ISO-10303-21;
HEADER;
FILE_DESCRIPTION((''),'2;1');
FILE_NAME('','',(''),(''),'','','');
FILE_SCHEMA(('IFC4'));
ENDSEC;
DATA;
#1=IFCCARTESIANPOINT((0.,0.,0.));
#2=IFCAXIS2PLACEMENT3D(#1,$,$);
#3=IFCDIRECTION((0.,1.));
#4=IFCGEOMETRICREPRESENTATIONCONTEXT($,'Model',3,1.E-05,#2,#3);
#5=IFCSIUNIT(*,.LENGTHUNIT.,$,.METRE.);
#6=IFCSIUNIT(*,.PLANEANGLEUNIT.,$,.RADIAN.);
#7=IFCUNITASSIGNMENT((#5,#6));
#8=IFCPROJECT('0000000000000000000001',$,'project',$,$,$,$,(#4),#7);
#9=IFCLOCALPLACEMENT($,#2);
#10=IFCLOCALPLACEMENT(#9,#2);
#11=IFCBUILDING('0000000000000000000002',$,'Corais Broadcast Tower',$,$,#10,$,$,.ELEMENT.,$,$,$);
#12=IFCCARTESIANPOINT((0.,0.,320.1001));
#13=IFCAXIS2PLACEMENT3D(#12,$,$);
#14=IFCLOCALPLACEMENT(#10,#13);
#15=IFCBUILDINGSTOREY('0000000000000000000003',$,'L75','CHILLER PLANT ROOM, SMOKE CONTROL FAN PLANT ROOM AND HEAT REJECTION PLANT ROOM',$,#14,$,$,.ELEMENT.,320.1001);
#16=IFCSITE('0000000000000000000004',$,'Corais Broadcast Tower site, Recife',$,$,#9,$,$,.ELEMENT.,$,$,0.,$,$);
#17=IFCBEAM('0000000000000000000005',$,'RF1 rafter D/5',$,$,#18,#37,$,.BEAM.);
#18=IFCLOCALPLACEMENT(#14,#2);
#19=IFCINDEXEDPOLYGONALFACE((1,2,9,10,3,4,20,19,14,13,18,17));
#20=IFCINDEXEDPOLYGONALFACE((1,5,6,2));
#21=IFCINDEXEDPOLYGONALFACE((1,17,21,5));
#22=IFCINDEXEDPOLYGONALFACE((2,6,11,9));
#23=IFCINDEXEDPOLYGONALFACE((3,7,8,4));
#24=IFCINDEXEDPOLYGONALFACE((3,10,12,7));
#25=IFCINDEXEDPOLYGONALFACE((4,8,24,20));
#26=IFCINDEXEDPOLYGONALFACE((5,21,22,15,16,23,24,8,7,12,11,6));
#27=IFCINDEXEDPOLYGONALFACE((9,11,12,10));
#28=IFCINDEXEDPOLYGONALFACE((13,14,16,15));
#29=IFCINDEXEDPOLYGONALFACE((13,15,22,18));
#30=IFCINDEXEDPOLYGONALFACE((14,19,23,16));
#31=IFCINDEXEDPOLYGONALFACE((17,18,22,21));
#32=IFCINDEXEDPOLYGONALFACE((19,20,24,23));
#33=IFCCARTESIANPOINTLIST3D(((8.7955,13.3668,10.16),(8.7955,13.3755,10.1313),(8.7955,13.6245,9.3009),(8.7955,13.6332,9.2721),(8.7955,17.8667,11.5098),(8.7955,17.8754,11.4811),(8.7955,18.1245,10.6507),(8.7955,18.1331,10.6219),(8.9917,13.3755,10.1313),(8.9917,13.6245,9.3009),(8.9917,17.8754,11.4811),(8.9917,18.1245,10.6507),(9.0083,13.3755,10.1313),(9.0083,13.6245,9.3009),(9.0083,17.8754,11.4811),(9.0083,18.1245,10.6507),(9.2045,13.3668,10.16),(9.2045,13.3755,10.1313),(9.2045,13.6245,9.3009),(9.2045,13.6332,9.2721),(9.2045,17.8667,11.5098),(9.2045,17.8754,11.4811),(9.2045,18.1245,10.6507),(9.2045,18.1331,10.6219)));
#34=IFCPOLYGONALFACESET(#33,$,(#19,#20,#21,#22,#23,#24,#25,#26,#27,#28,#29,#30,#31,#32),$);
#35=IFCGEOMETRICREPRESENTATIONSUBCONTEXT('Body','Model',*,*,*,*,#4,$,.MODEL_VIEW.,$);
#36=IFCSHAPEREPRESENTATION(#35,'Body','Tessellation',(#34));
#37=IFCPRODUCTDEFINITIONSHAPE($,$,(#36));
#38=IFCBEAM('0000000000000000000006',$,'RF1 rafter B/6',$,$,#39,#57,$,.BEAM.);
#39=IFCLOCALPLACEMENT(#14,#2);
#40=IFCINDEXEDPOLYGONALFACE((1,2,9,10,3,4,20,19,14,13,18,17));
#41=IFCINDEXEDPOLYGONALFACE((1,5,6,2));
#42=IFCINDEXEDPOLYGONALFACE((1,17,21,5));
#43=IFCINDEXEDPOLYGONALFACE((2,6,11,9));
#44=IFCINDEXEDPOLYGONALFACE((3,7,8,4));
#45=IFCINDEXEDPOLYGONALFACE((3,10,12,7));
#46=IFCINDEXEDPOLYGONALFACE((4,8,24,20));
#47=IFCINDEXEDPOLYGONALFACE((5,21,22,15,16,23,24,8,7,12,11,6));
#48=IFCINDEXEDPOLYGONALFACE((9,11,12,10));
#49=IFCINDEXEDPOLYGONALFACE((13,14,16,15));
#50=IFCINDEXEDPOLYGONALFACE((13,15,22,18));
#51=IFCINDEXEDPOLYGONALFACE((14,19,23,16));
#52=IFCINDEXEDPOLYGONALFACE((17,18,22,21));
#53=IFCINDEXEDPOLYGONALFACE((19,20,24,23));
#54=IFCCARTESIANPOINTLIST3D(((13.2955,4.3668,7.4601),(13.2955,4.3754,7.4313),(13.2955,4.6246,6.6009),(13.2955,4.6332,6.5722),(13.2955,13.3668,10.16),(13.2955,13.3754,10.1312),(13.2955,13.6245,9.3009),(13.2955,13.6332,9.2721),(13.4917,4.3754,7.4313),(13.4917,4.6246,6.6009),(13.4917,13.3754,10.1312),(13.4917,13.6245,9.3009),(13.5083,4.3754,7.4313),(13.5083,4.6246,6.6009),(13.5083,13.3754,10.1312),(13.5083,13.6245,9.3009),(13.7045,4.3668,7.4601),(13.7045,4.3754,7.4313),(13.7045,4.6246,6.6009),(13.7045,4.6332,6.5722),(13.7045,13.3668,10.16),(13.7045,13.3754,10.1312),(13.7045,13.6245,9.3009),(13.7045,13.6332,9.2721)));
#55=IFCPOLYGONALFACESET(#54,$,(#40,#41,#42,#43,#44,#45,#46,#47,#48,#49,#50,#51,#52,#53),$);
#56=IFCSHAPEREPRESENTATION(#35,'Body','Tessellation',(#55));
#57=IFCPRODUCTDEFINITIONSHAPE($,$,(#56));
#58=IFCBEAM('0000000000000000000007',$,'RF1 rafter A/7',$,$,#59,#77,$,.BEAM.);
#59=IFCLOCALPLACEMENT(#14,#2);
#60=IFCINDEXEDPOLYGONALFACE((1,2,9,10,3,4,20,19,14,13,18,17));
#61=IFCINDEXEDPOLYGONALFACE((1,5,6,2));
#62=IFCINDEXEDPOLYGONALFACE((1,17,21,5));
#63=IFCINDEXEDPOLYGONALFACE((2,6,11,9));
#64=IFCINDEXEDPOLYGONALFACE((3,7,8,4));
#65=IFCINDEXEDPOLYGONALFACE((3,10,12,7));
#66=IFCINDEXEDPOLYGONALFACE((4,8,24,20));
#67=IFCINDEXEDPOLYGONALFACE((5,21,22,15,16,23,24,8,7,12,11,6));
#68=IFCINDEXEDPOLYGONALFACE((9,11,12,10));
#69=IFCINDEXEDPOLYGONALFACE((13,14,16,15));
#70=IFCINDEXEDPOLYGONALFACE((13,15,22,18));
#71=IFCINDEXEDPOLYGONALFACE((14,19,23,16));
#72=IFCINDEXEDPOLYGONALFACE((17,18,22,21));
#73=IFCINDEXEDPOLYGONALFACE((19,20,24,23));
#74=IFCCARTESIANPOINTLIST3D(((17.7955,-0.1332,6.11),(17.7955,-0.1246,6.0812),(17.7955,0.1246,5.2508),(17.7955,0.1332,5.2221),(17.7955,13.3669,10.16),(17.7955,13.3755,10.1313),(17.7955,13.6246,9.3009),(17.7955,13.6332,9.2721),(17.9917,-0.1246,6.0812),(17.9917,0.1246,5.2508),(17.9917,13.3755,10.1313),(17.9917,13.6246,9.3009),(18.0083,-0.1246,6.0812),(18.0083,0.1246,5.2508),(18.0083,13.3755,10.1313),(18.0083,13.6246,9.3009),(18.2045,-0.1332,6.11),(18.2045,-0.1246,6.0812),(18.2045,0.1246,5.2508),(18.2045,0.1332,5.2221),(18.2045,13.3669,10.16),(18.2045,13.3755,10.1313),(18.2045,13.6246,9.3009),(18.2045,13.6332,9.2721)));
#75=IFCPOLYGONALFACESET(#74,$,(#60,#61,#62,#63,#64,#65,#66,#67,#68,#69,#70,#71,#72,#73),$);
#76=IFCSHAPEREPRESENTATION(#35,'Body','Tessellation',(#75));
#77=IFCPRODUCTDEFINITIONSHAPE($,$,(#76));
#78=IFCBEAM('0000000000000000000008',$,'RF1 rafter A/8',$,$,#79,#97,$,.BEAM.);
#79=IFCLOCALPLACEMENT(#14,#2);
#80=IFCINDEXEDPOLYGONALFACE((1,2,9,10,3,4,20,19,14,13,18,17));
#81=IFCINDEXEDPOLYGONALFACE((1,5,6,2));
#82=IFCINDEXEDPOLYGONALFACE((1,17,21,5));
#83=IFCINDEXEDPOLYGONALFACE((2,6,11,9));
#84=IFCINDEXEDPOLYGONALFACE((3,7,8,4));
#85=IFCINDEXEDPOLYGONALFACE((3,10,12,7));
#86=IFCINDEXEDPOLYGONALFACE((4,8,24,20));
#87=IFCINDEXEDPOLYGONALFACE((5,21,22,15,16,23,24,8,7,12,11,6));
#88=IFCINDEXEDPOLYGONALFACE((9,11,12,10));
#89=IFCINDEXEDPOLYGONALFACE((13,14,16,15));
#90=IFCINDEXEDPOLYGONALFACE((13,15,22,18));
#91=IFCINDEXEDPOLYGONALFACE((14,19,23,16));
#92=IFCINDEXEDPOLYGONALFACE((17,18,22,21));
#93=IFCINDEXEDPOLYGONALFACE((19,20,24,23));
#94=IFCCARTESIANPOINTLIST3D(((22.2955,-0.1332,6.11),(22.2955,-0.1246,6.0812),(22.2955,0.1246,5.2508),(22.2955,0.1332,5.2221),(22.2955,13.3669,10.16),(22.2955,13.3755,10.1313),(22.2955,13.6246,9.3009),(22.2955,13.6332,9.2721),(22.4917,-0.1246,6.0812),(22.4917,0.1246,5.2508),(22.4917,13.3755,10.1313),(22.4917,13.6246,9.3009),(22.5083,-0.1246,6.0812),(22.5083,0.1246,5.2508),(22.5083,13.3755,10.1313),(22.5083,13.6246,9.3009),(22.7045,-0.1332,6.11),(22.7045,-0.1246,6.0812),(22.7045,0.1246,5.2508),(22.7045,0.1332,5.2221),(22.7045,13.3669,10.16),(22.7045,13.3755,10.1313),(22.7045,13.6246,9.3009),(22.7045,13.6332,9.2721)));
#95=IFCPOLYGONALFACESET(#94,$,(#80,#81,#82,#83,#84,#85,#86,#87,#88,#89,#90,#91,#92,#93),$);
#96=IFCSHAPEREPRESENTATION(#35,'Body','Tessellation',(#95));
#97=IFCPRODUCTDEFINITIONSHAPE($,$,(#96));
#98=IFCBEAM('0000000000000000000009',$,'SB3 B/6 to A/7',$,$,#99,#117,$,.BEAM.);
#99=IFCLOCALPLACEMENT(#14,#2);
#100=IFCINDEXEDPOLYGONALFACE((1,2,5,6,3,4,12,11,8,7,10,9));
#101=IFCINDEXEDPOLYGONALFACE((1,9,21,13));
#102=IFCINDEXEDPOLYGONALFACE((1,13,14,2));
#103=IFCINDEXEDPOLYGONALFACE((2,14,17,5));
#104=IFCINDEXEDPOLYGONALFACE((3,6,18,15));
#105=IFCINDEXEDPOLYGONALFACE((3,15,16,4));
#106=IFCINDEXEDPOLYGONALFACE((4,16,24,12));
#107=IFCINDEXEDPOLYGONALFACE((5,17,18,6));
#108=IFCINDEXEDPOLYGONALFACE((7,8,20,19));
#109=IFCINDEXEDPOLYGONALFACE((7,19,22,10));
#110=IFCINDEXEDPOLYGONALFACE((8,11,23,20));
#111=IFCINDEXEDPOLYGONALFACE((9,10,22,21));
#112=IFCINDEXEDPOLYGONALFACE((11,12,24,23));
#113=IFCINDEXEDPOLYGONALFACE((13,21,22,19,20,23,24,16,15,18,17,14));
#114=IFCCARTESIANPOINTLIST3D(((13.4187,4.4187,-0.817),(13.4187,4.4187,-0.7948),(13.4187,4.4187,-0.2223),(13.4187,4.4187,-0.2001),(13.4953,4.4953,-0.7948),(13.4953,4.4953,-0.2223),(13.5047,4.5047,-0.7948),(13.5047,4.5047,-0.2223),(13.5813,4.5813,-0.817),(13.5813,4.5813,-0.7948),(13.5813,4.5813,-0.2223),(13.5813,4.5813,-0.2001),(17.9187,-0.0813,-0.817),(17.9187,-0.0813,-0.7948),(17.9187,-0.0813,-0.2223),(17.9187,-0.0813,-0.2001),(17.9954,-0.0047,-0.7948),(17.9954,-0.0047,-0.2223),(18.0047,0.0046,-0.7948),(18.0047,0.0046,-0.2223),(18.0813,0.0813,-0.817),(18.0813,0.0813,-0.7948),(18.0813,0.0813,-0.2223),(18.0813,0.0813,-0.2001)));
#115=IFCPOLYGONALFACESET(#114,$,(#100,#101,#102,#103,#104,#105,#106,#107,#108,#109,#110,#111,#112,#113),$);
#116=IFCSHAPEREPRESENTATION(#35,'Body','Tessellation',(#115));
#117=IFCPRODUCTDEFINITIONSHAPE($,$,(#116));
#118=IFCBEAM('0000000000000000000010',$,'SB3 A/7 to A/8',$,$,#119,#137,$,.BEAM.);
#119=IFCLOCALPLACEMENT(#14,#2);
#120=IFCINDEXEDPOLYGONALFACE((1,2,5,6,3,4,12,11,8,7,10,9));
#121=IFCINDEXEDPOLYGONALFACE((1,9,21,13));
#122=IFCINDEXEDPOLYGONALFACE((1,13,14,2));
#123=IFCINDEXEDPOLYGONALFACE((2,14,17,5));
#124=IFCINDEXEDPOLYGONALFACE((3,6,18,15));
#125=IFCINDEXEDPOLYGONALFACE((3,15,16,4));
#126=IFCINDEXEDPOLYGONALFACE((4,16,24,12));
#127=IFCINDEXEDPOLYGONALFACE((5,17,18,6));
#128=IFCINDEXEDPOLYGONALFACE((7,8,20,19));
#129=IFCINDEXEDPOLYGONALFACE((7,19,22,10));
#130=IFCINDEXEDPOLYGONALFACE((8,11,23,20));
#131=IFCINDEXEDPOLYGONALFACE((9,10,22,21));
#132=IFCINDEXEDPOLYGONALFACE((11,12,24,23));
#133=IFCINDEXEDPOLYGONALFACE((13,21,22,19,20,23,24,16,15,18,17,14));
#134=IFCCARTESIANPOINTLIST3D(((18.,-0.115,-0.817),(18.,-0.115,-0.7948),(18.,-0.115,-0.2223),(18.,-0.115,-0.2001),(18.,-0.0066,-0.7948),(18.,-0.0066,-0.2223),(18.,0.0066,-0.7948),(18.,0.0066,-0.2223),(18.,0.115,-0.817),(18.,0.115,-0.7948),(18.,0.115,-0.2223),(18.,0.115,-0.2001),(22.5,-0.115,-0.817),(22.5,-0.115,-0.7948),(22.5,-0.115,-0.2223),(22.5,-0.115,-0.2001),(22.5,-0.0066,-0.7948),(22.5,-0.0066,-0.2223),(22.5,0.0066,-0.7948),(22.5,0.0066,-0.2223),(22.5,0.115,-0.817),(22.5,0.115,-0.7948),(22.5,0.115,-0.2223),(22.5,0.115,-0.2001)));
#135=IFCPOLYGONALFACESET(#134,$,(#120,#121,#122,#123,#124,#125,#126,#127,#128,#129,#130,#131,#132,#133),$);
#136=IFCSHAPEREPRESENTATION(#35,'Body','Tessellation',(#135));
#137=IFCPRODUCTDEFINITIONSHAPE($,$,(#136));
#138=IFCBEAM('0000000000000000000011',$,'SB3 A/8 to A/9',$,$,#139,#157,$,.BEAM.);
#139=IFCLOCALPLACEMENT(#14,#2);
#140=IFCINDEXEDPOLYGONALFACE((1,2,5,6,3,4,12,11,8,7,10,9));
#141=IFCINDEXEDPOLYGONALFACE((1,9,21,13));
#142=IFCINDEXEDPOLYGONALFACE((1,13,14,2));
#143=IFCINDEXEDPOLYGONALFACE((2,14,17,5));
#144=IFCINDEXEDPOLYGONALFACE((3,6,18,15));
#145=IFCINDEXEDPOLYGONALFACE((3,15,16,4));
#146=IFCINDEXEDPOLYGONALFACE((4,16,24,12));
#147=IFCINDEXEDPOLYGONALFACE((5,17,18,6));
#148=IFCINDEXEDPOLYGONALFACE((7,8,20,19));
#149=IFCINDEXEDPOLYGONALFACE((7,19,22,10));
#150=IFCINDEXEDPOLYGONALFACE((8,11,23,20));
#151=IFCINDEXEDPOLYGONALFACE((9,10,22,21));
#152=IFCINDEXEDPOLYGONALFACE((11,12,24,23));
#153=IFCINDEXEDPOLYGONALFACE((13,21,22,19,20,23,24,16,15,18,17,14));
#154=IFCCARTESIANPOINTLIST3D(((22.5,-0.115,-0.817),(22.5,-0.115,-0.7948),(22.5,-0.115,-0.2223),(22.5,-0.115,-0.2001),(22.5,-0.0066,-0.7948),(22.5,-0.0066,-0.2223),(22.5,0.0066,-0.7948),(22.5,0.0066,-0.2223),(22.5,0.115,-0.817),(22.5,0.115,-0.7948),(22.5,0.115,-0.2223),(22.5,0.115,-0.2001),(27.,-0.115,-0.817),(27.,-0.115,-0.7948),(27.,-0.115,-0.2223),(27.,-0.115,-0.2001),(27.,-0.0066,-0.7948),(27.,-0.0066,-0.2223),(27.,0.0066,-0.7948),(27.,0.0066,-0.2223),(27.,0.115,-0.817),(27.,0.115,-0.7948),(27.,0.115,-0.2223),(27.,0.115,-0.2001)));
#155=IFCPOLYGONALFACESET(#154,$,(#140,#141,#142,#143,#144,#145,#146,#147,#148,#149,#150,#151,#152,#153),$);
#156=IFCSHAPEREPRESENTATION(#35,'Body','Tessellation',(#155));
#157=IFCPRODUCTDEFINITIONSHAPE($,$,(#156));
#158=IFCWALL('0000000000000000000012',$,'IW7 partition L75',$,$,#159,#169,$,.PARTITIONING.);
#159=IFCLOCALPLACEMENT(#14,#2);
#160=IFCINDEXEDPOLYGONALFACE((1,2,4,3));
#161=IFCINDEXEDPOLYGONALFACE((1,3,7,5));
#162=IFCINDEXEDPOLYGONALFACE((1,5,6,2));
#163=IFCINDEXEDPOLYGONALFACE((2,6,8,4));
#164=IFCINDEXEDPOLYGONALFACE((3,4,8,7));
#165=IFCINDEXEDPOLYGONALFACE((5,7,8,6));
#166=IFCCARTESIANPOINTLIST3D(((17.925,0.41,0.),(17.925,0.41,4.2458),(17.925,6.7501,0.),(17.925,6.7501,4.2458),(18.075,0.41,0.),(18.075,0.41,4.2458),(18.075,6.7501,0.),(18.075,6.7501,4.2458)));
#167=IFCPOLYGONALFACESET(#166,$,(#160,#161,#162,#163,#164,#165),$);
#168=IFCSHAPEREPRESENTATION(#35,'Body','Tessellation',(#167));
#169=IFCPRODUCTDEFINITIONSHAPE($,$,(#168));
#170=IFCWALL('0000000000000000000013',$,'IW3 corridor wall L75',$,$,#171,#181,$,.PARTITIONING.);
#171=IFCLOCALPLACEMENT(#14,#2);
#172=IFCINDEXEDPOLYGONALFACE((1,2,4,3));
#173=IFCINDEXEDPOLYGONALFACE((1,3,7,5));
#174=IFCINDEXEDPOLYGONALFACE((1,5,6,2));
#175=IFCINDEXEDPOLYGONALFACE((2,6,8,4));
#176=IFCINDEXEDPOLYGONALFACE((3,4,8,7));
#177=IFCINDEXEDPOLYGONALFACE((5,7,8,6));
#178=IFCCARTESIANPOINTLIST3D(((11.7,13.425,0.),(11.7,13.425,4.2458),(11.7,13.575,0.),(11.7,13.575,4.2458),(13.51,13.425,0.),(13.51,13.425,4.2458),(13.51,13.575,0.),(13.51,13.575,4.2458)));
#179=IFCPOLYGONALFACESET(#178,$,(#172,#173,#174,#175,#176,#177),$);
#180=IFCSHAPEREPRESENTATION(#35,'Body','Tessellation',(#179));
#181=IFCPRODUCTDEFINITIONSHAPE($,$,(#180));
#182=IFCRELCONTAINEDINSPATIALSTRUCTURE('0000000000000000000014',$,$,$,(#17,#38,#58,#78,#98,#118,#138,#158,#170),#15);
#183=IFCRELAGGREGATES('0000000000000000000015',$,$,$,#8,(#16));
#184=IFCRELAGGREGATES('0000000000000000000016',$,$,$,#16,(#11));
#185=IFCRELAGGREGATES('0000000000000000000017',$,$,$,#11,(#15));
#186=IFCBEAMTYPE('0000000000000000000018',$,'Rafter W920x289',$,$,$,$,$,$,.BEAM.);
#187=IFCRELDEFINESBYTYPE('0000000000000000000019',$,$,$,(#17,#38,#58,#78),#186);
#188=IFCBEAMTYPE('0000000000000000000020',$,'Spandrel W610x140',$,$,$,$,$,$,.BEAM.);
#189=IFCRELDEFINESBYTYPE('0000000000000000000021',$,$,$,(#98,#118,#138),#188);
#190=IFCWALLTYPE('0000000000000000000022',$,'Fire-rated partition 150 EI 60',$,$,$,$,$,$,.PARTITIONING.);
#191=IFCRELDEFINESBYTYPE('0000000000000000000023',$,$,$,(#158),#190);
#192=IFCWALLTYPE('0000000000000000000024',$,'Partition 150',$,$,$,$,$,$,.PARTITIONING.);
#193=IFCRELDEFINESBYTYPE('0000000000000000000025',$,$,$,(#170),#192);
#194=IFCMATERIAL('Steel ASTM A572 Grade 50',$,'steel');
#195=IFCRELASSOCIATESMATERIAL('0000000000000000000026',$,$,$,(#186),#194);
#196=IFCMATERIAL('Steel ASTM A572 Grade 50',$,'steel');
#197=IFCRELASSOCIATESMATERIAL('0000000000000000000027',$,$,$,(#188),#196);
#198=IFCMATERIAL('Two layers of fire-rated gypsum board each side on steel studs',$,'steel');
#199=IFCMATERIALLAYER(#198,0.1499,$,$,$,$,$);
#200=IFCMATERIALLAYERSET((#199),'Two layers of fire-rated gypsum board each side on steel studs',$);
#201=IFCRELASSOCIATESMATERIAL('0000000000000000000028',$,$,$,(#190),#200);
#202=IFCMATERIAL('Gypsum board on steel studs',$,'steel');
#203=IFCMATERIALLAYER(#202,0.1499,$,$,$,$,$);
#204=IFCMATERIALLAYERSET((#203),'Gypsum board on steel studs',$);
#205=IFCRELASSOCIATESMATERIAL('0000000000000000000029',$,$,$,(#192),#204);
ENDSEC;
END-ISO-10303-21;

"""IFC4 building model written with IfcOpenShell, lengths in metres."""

from ifc_helpers import new_model, si_unit, direction, frame, frame_2d, origin, origin_2d, place, context, subcontext, project, spatial, rectangle, i_section, extrude, material, layer, layer_set, material_profile, profile_set, type_object, element, save


model = new_model("IFC4")

# Units and contexts
model_context = context("Model", 3, precision=1e-05, world=origin(), true_north=direction((0.0, 1.0)))
body_context = subcontext(model_context, "Body", "Model", "MODEL_VIEW")
ifc_project = project(units=[si_unit("LENGTHUNIT", "METRE"), si_unit("PLANEANGLEUNIT", "RADIAN")], contexts=[model_context])

# Site, building, storey
site_placement = place(None, origin())
site = spatial("IfcSite", under=ifc_project, at=site_placement, Name="Corais Broadcast Tower site, Recife", CompositionType="ELEMENT", RefElevation=0.0)
building_placement = place(site_placement, origin())
building = spatial("IfcBuilding", under=site, at=building_placement, Name="Corais Broadcast Tower", CompositionType="ELEMENT")
storey_placement = place(building_placement, frame((0.0, 0.0, 320.1001)))
storey = spatial("IfcBuildingStorey", under=building, at=storey_placement, Name="L75", Description="CHILLER PLANT ROOM, SMOKE CONTROL FAN PLANT ROOM AND HEAT REJECTION PLANT ROOM", CompositionType="ELEMENT", Elevation=320.1001)

# Beams
ifc_material_1 = material(Name="Steel ASTM A572 Grade 50", Category="steel")
ifc_material_profile_1 = material_profile(ifc_material_1, i_section(OverallWidth=0.4089, OverallDepth=0.927, WebThickness=0.0166, FlangeThickness=0.03, at=origin_2d()), Name="W920x289")
ifc_profile_set_1 = profile_set([ifc_material_profile_1], Name="Steel ASTM A572 Grade 50")
beam_type_1 = type_object("IfcBeamType", Name="Rafter W920x289", PredefinedType="BEAM", material=ifc_profile_set_1)
beam_1_placement = place(storey_placement, frame((9.0, 13.5, 9.7161), z_axis=(0.0, 0.957835, 0.287319), x_axis=(-1.0, 0.0, 0.0)))
element("IfcBeam", 1, at=beam_1_placement, inside=storey, type_object=beam_type_1, Name="RF1 rafter D/5", PredefinedType="BEAM", context=body_context, shape_type="SweptSolid", body=[
    extrude(i_section(OverallWidth=0.4089, OverallDepth=0.927, WebThickness=0.0166, FlangeThickness=0.03, at=origin_2d()), origin(), (0.0, 0.0, 1.0), 4.698),
])
beam_2_placement = place(storey_placement, frame((13.5, 4.5, 7.0161), z_axis=(0.0, 0.957828, 0.287343), x_axis=(-1.0, 0.0, 0.0)))
element("IfcBeam", 2, at=beam_2_placement, inside=storey, type_object=beam_type_1, Name="RF1 rafter B/6", PredefinedType="BEAM", context=body_context, shape_type="SweptSolid", body=[
    extrude(i_section(OverallWidth=0.4089, OverallDepth=0.927, WebThickness=0.0166, FlangeThickness=0.03, at=origin_2d()), origin(), (0.0, 0.0, 1.0), 9.3962),
])
for number, where, z_axis, x_axis, name in (
    (3, (18.0, 0.0, 5.666), (0.0, 0.957825, 0.287351), (-1.0, 0.0, 0.0), "RF1 rafter A/7"),
    (4, (22.5, 0.0, 5.666), (0.0, 0.957825, 0.287351), (-1.0, 0.0, 0.0), "RF1 rafter A/8"),
):
    element("IfcBeam", number, at=place(storey_placement, frame(where, z_axis=z_axis, x_axis=x_axis)), inside=storey, type_object=beam_type_1, Name=name, PredefinedType="BEAM", context=body_context, shape_type="SweptSolid", body=[
        extrude(i_section(OverallWidth=0.4089, OverallDepth=0.927, WebThickness=0.0166, FlangeThickness=0.03, at=origin_2d()), origin(), (0.0, 0.0, 1.0), 14.0945),
    ])
ifc_material_2 = material(Name="Steel ASTM A572 Grade 50", Category="steel")
ifc_material_profile_2 = material_profile(ifc_material_2, i_section(OverallWidth=0.23, OverallDepth=0.6169, WebThickness=0.0132, FlangeThickness=0.0222, at=origin_2d()), Name="W610x140")
ifc_profile_set_2 = profile_set([ifc_material_profile_2], Name="Steel ASTM A572 Grade 50")
beam_type_2 = type_object("IfcBeamType", Name="Spandrel W610x140", PredefinedType="BEAM", material=ifc_profile_set_2)
beam_3_placement = place(storey_placement, frame((13.5, 4.5, -0.5085), z_axis=(0.707107, -0.707107, 0.0), x_axis=(0.707107, 0.707107, 0.0)))
element("IfcBeam", 5, at=beam_3_placement, inside=storey, type_object=beam_type_2, Name="SB3 B/6 to A/7", PredefinedType="BEAM", context=body_context, shape_type="SweptSolid", body=[
    extrude(i_section(OverallWidth=0.23, OverallDepth=0.6169, WebThickness=0.0132, FlangeThickness=0.0222, at=origin_2d()), origin(), (0.0, 0.0, 1.0), 6.364),
])
for number, where, z_axis, x_axis, name in (
    (6, (18.0, 0.0, -0.5085), (1.0, 0.0, 0.0), (0.0, 1.0, 0.0), "SB3 A/7 to A/8"),
    (7, (22.5, 0.0, -0.5085), (1.0, 0.0, 0.0), (0.0, 1.0, 0.0), "SB3 A/8 to A/9"),
):
    element("IfcBeam", number, at=place(storey_placement, frame(where, z_axis=z_axis, x_axis=x_axis)), inside=storey, type_object=beam_type_2, Name=name, PredefinedType="BEAM", context=body_context, shape_type="SweptSolid", body=[
        extrude(i_section(OverallWidth=0.23, OverallDepth=0.6169, WebThickness=0.0132, FlangeThickness=0.0222, at=origin_2d()), origin(), (0.0, 0.0, 1.0), 4.5),
    ])

# Walls
ifc_material_3 = material(Name="Two layers of fire-rated gypsum board each side on steel studs", Category="steel")
ifc_layer_1 = layer(ifc_material_3, 0.1499)
ifc_layer_set_1 = layer_set([ifc_layer_1], Name="Two layers of fire-rated gypsum board each side on steel studs")
wall_type_1 = type_object("IfcWallType", Name="Fire-rated partition 150 EI 60", PredefinedType="PARTITIONING", material=ifc_layer_set_1)
wall_1_placement = place(storey_placement, frame((18.0, 6.75, 0.0), z_axis=(0.0, 0.0, 1.0), x_axis=(0.0, -1.0, 0.0)))
element("IfcWall", 8, at=wall_1_placement, inside=storey, type_object=wall_type_1, Name="IW7 partition L75", PredefinedType="PARTITIONING", context=body_context, shape_type="SweptSolid", body=[
    extrude(rectangle(XDim=6.3401, YDim=0.1499, at=frame_2d((3.1699, 0.0))), origin(), (0.0, 0.0, 1.0), 4.2458),
])
ifc_material_4 = material(Name="Gypsum board on steel studs", Category="steel")
ifc_layer_2 = layer(ifc_material_4, 0.1499)
ifc_layer_set_2 = layer_set([ifc_layer_2], Name="Gypsum board on steel studs")
wall_type_2 = type_object("IfcWallType", Name="Partition 150", PredefinedType="PARTITIONING", material=ifc_layer_set_2)
wall_2_placement = place(storey_placement, frame((11.7, 13.5, 0.0), z_axis=(0.0, 0.0, 1.0), x_axis=(1.0, 0.0, 0.0)))
element("IfcWall", 9, at=wall_2_placement, inside=storey, type_object=wall_type_2, Name="IW3 corridor wall L75", PredefinedType="PARTITIONING", context=body_context, shape_type="SweptSolid", body=[
    extrude(rectangle(XDim=1.8101, YDim=0.1499, at=frame_2d((0.905, 0.0))), origin(), (0.0, 0.0, 1.0), 4.2458),
])

save(model, "model.ifc")
